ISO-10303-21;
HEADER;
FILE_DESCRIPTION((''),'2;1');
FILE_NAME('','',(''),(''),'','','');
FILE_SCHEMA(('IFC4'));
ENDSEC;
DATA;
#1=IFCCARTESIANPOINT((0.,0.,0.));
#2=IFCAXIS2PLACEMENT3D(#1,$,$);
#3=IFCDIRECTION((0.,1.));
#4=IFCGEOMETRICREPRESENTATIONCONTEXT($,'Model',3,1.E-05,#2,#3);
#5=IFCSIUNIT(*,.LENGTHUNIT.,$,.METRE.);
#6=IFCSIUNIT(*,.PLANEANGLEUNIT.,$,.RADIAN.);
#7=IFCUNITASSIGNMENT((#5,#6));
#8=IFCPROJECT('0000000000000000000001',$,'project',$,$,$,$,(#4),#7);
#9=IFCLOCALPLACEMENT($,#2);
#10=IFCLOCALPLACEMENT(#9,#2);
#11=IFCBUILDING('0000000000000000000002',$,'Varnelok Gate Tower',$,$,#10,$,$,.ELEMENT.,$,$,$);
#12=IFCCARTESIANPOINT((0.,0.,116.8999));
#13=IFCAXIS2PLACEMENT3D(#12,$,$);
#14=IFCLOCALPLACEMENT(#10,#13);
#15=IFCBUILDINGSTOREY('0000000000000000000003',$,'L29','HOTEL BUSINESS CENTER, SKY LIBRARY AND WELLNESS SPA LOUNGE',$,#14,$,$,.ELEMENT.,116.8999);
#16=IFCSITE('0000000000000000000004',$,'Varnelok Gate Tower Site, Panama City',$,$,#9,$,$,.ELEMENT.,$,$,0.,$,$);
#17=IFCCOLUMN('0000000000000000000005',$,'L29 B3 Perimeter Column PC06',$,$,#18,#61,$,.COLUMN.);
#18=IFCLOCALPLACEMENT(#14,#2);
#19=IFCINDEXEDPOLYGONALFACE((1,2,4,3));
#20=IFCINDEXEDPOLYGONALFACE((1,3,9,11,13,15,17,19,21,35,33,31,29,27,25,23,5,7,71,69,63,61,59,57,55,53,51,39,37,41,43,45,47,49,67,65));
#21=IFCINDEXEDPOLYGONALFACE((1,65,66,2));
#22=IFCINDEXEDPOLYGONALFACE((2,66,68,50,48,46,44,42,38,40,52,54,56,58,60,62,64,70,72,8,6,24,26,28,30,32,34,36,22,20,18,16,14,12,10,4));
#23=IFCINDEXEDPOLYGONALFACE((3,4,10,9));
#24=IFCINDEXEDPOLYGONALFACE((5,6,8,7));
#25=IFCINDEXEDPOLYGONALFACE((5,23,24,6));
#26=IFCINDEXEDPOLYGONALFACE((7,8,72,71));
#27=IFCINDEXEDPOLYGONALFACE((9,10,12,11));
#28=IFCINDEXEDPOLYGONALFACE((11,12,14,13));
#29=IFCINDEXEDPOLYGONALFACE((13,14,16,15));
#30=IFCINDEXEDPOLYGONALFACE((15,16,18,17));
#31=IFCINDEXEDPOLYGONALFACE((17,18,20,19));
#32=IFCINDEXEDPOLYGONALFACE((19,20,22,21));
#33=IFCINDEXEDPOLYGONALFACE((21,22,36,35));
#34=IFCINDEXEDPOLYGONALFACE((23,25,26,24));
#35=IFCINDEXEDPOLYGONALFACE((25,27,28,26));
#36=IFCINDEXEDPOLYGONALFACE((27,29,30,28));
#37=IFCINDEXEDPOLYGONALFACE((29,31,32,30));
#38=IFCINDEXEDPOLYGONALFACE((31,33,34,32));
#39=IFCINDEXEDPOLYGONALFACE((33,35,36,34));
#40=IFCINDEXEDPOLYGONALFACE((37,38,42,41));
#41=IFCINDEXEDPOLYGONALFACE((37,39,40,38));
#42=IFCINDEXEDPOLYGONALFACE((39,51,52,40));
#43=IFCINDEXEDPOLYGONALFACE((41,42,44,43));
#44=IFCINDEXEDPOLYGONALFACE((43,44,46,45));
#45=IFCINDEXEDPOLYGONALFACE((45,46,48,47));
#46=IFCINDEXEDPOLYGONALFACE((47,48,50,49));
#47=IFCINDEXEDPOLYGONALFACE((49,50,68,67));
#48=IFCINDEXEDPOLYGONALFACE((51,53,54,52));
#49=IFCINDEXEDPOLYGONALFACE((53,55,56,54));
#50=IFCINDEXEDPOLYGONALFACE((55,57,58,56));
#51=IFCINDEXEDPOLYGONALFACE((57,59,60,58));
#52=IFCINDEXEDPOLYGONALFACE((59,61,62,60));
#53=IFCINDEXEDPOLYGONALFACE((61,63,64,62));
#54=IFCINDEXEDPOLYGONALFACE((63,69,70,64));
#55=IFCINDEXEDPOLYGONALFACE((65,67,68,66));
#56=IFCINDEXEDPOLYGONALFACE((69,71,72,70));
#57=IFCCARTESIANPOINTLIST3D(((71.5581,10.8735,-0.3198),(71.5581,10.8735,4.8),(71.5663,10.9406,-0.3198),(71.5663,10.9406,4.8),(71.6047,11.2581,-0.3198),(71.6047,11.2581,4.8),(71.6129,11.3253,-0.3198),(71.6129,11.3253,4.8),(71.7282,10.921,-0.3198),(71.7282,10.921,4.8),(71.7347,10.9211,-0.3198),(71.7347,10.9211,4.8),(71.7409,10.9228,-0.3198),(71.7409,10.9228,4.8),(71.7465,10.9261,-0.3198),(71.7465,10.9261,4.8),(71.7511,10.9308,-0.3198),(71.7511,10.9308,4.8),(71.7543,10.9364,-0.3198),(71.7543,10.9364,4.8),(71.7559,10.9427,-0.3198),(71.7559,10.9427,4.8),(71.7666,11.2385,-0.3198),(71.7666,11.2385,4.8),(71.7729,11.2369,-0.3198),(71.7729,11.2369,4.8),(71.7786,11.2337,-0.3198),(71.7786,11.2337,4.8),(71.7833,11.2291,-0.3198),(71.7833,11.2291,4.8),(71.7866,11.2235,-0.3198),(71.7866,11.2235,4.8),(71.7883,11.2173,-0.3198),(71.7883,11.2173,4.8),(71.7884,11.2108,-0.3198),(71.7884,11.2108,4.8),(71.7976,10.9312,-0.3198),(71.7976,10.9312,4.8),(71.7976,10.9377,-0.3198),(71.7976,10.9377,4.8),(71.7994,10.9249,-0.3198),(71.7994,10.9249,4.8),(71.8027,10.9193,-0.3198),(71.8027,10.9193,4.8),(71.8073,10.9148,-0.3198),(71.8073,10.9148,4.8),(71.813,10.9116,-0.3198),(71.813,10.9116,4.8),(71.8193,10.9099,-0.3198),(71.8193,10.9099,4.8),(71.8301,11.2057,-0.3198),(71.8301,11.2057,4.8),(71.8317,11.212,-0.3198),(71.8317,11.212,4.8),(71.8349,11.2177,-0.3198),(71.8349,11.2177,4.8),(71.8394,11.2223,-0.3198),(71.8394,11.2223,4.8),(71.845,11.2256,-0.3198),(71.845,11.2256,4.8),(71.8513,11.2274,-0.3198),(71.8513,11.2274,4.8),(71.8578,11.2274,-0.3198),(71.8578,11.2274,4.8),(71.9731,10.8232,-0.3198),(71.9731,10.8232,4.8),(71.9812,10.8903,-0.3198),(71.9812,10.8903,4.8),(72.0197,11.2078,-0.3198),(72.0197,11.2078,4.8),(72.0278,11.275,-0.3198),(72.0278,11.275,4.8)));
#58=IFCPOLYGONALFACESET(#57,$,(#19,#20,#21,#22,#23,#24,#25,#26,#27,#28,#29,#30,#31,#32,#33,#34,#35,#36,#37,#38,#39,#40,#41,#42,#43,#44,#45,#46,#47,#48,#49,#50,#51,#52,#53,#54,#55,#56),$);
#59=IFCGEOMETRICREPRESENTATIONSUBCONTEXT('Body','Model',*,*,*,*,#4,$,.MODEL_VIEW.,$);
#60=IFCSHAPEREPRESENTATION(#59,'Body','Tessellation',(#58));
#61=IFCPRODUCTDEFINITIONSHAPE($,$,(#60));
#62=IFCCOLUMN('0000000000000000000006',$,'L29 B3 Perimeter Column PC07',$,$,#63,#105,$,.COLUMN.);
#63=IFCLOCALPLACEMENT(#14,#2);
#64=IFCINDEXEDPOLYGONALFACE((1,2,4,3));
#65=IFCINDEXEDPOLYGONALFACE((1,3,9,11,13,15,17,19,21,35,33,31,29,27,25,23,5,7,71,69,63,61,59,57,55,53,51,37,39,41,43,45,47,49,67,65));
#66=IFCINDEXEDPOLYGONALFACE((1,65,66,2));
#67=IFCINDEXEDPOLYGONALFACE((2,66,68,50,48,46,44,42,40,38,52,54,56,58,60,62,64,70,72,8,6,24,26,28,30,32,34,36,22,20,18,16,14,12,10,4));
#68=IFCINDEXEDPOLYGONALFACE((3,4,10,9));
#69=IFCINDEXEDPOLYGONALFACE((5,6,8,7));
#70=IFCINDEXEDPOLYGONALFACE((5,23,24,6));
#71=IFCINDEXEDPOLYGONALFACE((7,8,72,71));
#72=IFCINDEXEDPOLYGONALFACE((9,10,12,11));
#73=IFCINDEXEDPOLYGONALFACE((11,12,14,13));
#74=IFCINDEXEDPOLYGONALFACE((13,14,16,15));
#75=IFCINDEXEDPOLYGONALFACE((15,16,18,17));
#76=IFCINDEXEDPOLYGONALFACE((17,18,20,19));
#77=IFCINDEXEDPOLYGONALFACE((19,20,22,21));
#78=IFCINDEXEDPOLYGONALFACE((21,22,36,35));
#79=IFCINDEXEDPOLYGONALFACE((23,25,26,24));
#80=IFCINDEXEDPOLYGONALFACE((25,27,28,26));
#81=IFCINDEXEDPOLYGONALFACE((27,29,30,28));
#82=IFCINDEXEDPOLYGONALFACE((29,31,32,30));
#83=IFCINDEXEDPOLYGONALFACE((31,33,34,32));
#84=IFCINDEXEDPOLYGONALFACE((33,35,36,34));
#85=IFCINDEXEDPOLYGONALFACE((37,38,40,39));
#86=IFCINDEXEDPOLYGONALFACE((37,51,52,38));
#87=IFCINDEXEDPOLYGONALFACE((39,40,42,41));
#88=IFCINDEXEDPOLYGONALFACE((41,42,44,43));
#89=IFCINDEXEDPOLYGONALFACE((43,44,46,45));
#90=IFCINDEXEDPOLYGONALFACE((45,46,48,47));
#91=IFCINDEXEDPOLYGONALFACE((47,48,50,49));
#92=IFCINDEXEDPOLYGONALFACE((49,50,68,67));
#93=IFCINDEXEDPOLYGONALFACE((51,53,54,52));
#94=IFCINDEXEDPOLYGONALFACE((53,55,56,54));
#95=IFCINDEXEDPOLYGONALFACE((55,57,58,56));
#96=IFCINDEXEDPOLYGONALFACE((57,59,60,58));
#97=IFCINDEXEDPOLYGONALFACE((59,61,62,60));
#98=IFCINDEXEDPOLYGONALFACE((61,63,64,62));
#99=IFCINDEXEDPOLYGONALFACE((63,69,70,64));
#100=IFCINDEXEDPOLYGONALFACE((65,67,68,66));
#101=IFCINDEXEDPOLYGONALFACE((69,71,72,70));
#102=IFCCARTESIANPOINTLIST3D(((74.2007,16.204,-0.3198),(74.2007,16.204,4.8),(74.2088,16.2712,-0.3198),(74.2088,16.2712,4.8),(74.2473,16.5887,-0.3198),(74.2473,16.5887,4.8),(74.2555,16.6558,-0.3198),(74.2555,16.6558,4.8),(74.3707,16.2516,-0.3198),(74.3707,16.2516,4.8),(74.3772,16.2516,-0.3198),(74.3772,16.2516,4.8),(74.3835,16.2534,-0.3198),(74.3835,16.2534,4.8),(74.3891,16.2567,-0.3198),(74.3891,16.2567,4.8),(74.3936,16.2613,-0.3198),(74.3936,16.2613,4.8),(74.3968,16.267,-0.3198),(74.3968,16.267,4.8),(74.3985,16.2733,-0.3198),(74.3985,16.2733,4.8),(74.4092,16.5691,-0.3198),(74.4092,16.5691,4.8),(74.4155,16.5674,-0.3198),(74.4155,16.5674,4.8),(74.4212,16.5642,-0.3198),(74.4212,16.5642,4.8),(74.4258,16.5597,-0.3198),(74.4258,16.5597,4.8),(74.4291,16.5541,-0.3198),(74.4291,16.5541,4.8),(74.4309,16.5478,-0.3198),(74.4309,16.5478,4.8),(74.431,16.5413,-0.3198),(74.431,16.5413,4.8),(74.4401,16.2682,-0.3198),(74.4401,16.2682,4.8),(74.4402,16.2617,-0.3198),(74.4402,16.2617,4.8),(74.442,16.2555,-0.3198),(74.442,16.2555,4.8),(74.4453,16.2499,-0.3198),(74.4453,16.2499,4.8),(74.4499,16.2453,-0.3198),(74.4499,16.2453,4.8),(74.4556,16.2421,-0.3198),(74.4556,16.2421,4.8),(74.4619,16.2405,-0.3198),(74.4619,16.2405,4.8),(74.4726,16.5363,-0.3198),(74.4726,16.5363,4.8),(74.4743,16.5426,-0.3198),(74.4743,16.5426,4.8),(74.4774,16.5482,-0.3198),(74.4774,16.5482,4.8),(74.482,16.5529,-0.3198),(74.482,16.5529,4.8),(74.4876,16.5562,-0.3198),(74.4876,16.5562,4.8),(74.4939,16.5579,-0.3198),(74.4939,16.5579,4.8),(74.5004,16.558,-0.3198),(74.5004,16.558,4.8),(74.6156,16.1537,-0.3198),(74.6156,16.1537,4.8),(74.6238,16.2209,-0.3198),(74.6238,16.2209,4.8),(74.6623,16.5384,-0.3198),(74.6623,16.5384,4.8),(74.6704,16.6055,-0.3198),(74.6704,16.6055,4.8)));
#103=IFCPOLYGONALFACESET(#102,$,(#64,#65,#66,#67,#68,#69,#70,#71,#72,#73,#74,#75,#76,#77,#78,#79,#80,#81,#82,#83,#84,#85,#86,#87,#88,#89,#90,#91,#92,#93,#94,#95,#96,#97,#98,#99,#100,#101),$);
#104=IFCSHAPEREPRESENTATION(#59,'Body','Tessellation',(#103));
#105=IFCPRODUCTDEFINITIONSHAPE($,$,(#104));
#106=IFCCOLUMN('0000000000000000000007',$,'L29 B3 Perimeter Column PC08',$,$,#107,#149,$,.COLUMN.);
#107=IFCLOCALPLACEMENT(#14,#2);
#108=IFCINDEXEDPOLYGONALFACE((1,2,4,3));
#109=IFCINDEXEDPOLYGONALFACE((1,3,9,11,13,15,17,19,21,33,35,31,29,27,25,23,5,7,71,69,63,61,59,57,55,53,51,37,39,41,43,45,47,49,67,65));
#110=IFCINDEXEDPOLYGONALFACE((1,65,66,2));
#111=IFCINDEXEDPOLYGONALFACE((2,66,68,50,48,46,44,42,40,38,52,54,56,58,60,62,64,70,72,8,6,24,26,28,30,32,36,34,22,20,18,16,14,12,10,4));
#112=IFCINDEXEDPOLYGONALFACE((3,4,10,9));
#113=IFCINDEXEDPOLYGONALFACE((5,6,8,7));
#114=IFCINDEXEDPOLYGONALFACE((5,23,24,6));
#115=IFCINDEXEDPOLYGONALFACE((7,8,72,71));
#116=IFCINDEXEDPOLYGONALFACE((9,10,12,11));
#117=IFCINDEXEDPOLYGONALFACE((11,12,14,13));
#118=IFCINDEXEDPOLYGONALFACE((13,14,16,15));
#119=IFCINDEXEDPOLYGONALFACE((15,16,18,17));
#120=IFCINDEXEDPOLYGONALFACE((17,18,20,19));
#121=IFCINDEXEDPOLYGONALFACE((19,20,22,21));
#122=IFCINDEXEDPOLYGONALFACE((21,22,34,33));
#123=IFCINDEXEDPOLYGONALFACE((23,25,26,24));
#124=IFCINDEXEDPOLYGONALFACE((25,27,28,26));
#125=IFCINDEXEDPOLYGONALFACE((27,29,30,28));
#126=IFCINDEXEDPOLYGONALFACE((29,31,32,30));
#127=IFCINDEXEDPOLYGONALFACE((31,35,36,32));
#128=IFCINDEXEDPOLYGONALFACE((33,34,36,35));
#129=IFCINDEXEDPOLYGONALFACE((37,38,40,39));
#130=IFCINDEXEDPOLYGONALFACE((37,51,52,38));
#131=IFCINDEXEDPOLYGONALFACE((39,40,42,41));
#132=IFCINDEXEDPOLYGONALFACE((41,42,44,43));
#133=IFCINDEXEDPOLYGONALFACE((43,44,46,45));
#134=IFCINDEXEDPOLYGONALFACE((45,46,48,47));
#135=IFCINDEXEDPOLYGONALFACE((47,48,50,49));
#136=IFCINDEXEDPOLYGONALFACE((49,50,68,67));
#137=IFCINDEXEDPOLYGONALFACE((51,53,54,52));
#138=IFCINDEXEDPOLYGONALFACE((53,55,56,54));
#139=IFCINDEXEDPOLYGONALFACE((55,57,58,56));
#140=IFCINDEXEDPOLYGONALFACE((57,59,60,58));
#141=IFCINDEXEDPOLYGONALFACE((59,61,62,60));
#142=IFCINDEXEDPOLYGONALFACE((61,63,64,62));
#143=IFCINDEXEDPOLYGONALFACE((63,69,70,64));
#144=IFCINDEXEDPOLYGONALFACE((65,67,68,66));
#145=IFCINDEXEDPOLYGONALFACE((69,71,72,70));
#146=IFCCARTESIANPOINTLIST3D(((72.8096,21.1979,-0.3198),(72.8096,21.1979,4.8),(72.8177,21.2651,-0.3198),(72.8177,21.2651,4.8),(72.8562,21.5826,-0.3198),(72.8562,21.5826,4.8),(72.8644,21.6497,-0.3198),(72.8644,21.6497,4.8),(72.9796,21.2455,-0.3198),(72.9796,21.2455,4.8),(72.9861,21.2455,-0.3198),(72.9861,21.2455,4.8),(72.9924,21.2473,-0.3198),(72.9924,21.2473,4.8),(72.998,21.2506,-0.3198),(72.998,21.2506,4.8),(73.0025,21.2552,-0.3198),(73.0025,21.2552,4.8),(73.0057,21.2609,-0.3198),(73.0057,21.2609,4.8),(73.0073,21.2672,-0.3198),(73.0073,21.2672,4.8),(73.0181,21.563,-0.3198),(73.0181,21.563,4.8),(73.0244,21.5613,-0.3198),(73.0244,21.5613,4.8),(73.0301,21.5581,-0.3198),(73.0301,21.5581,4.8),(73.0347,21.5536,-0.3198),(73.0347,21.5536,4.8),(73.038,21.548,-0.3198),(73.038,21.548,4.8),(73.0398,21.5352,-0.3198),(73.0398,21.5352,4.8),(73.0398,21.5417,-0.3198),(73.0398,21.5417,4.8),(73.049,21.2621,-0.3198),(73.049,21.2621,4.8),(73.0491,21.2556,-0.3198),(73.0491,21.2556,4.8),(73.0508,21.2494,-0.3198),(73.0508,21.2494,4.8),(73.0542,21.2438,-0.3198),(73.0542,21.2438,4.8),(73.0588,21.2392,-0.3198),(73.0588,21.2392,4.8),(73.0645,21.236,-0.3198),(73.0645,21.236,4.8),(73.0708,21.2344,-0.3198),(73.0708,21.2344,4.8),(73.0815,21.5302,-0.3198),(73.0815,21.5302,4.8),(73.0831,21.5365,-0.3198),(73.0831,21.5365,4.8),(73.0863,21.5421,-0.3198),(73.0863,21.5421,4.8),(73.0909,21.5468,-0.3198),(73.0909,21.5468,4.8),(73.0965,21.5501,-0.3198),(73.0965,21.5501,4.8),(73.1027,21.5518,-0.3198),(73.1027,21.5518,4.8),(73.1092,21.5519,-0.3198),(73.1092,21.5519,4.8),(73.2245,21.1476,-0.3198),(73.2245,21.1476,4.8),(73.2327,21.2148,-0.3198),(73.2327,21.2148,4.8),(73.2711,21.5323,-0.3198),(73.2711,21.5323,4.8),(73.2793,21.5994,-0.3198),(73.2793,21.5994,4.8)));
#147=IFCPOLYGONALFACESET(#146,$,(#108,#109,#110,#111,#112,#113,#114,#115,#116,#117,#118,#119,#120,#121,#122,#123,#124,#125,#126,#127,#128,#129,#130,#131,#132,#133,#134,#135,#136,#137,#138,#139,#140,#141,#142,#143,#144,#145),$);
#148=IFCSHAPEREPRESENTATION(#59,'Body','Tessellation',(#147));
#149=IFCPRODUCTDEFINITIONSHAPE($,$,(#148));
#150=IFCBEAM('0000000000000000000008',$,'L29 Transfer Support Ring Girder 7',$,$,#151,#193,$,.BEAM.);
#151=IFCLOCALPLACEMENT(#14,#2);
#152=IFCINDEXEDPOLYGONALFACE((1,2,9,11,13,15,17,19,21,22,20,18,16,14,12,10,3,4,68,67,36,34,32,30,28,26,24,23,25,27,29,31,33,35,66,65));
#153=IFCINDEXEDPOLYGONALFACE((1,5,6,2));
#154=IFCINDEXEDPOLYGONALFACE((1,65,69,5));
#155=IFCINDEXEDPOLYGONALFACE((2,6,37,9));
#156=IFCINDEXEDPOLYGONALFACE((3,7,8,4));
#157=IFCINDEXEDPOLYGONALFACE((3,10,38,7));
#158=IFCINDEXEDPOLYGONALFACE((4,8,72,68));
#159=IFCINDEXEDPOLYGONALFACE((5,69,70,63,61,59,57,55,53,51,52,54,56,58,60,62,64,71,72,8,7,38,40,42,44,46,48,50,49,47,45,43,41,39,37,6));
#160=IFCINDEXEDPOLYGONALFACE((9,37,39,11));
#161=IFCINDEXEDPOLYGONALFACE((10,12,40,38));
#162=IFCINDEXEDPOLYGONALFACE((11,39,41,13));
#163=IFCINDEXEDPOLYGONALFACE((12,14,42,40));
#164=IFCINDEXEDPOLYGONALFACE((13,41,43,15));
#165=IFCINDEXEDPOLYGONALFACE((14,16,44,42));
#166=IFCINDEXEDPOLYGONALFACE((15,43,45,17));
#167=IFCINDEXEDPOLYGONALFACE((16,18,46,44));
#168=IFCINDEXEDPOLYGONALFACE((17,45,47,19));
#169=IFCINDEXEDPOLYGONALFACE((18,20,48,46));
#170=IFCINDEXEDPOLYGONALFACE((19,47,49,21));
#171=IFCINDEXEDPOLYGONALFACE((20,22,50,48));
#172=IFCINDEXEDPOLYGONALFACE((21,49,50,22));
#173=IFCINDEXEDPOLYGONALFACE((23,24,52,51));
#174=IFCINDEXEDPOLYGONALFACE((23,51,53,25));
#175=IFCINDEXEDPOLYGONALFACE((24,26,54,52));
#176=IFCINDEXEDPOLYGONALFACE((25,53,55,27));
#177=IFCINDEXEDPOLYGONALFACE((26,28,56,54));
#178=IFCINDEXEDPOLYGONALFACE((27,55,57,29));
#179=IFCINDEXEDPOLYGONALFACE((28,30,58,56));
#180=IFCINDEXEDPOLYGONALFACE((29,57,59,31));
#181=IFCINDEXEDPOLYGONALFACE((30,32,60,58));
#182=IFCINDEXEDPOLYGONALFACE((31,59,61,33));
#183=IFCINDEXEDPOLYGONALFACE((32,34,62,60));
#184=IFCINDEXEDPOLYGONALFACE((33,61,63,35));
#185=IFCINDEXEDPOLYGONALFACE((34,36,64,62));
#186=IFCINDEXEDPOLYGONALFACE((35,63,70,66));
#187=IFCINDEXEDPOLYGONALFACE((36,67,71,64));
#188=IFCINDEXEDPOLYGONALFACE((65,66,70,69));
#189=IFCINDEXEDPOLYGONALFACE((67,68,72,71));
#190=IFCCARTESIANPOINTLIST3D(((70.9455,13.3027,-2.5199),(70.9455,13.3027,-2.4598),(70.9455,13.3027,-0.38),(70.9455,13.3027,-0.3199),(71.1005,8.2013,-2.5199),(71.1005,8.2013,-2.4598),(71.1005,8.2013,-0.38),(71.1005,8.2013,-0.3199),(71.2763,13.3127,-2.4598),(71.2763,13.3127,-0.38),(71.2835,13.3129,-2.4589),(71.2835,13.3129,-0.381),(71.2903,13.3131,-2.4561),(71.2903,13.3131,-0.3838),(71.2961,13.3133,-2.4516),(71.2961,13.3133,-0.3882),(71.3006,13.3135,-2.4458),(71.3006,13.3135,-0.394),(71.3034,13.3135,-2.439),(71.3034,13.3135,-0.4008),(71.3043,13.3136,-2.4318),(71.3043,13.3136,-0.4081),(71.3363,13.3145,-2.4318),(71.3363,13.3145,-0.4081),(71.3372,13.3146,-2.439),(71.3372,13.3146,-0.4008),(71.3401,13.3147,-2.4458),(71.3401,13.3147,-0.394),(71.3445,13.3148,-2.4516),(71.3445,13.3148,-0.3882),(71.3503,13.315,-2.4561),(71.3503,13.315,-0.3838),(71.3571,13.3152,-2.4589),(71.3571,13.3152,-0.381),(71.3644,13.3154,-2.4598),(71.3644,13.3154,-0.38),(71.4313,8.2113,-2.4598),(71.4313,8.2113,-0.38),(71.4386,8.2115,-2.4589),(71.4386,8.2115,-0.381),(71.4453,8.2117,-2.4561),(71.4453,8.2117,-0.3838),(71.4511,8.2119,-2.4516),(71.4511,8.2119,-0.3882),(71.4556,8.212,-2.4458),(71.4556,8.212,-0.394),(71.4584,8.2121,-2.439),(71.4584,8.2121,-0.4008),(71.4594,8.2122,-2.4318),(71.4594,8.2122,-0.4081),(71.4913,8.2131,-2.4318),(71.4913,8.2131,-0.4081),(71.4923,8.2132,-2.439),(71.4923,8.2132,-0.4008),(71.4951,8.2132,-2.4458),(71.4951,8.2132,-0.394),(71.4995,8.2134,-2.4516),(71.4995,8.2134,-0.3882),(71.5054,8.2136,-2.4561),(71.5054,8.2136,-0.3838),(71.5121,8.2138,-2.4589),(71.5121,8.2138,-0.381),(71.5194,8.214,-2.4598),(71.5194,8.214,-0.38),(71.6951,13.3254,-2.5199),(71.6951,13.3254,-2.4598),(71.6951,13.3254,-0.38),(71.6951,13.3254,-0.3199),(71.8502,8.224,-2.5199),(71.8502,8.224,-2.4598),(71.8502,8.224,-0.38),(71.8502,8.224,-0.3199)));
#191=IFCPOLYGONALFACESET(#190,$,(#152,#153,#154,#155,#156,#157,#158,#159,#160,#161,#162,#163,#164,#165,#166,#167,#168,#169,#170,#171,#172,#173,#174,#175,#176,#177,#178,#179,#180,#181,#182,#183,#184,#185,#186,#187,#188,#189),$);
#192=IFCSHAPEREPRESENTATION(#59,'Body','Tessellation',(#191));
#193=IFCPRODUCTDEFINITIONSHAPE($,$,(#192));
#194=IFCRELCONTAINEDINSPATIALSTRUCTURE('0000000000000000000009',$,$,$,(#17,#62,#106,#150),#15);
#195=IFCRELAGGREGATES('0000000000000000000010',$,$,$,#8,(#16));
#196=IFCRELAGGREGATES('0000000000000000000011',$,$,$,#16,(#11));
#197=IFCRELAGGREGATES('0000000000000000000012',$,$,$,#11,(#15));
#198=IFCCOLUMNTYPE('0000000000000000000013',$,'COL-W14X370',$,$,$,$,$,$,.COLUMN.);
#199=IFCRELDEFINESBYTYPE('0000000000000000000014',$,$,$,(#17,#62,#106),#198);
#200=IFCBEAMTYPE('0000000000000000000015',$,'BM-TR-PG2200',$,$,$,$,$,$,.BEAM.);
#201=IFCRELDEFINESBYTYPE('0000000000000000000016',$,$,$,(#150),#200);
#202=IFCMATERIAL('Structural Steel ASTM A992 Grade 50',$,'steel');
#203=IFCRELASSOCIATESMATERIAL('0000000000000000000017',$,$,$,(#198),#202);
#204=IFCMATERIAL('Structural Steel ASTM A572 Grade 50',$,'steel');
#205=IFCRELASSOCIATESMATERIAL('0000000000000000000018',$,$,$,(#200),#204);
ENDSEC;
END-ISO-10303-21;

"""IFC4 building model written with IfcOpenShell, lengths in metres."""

from ifc_helpers import new_model, si_unit, direction, frame, origin, origin_2d, place, context, subcontext, project, spatial, i_section, extrude, material, material_profile, profile_set, type_object, element, save


model = new_model("IFC4")

# Units and contexts
model_context = context("Model", 3, precision=1e-05, world=origin(), true_north=direction((0.0, 1.0)))
body_context = subcontext(model_context, "Body", "Model", "MODEL_VIEW")
ifc_project = project(units=[si_unit("LENGTHUNIT", "METRE"), si_unit("PLANEANGLEUNIT", "RADIAN")], contexts=[model_context])

# Site, building, storey
site_placement = place(None, origin())
site = spatial("IfcSite", under=ifc_project, at=site_placement, Name="Varnelok Gate Tower Site, Panama City", CompositionType="ELEMENT", RefElevation=0.0)
building_placement = place(site_placement, origin())
building = spatial("IfcBuilding", under=site, at=building_placement, Name="Varnelok Gate Tower", CompositionType="ELEMENT")
storey_placement = place(building_placement, frame((0.0, 0.0, 116.8999)))
storey = spatial("IfcBuildingStorey", under=building, at=storey_placement, Name="L29", Description="HOTEL BUSINESS CENTER, SKY LIBRARY AND WELLNESS SPA LOUNGE", CompositionType="ELEMENT", Elevation=116.8999)

# Columns
ifc_material_1 = material(Name="Structural Steel ASTM A992 Grade 50", Category="steel")
ifc_material_profile_1 = material_profile(ifc_material_1, i_section(OverallWidth=0.418, OverallDepth=0.4551, WebThickness=0.042, FlangeThickness=0.0676, FilletRadius=0.0249, at=origin_2d()), Name="W14X370")
ifc_profile_set_1 = profile_set([ifc_material_profile_1], Name="Structural Steel ASTM A992 Grade 50")
column_type = type_object("IfcColumnType", Name="COL-W14X370", PredefinedType="COLUMN", material=ifc_profile_set_1)
for number, where, z_axis, x_axis, name in (
    (1, (71.793, 11.0742, -0.3198), (0.0, 0.0, 1.0), (0.992732, -0.120345, 0.0), "L29 B3 Perimeter Column PC06"),
    (2, (74.4355, 16.4048, -0.3198), (0.0, 0.0, 1.0), (0.992732, -0.120345, 0.0), "L29 B3 Perimeter Column PC07"),
    (3, (73.0444, 21.3987, -0.3198), (0.0, 0.0, 1.0), (0.992732, -0.120345, 0.0), "L29 B3 Perimeter Column PC08"),
):
    element("IfcColumn", number, at=place(storey_placement, frame(where, z_axis=z_axis, x_axis=x_axis)), inside=storey, type_object=column_type, Name=name, PredefinedType="COLUMN", context=body_context, shape_type="SweptSolid", body=[
        extrude(i_section(OverallWidth=0.418, OverallDepth=0.4551, WebThickness=0.042, FlangeThickness=0.0676, FilletRadius=0.0249, at=origin_2d()), origin(), (0.0, 0.0, 1.0), 5.1199),
    ])

# Beam
ifc_material_2 = material(Name="Structural Steel ASTM A572 Grade 50", Category="steel")
ifc_material_profile_2 = material_profile(ifc_material_2, i_section(OverallWidth=0.75, OverallDepth=2.2, WebThickness=0.032, FlangeThickness=0.0601, FilletRadius=0.0281, at=origin_2d()), Name="PG2200X750")
ifc_profile_set_2 = profile_set([ifc_material_profile_2], Name="Structural Steel ASTM A572 Grade 50")
beam_type_1 = type_object("IfcBeamType", Name="BM-TR-PG2200", PredefinedType="BEAM", material=ifc_profile_set_2)
beam_1_placement = place(storey_placement, frame((71.4753, 8.2126, -1.4199), z_axis=(-0.030376, 0.999539, 0.0), x_axis=(-0.999539, -0.030376, 0.0)))
element("IfcBeam", 4, at=beam_1_placement, inside=storey, type_object=beam_type_1, Name="L29 Transfer Support Ring Girder 7", PredefinedType="BEAM", context=body_context, shape_type="SweptSolid", body=[
    extrude(i_section(OverallWidth=0.75, OverallDepth=2.2, WebThickness=0.032, FlangeThickness=0.0601, FilletRadius=0.0281, at=origin_2d()), origin(), (0.0, 0.0, 1.0), 5.1038),
])

save(model, "model.ifc")
